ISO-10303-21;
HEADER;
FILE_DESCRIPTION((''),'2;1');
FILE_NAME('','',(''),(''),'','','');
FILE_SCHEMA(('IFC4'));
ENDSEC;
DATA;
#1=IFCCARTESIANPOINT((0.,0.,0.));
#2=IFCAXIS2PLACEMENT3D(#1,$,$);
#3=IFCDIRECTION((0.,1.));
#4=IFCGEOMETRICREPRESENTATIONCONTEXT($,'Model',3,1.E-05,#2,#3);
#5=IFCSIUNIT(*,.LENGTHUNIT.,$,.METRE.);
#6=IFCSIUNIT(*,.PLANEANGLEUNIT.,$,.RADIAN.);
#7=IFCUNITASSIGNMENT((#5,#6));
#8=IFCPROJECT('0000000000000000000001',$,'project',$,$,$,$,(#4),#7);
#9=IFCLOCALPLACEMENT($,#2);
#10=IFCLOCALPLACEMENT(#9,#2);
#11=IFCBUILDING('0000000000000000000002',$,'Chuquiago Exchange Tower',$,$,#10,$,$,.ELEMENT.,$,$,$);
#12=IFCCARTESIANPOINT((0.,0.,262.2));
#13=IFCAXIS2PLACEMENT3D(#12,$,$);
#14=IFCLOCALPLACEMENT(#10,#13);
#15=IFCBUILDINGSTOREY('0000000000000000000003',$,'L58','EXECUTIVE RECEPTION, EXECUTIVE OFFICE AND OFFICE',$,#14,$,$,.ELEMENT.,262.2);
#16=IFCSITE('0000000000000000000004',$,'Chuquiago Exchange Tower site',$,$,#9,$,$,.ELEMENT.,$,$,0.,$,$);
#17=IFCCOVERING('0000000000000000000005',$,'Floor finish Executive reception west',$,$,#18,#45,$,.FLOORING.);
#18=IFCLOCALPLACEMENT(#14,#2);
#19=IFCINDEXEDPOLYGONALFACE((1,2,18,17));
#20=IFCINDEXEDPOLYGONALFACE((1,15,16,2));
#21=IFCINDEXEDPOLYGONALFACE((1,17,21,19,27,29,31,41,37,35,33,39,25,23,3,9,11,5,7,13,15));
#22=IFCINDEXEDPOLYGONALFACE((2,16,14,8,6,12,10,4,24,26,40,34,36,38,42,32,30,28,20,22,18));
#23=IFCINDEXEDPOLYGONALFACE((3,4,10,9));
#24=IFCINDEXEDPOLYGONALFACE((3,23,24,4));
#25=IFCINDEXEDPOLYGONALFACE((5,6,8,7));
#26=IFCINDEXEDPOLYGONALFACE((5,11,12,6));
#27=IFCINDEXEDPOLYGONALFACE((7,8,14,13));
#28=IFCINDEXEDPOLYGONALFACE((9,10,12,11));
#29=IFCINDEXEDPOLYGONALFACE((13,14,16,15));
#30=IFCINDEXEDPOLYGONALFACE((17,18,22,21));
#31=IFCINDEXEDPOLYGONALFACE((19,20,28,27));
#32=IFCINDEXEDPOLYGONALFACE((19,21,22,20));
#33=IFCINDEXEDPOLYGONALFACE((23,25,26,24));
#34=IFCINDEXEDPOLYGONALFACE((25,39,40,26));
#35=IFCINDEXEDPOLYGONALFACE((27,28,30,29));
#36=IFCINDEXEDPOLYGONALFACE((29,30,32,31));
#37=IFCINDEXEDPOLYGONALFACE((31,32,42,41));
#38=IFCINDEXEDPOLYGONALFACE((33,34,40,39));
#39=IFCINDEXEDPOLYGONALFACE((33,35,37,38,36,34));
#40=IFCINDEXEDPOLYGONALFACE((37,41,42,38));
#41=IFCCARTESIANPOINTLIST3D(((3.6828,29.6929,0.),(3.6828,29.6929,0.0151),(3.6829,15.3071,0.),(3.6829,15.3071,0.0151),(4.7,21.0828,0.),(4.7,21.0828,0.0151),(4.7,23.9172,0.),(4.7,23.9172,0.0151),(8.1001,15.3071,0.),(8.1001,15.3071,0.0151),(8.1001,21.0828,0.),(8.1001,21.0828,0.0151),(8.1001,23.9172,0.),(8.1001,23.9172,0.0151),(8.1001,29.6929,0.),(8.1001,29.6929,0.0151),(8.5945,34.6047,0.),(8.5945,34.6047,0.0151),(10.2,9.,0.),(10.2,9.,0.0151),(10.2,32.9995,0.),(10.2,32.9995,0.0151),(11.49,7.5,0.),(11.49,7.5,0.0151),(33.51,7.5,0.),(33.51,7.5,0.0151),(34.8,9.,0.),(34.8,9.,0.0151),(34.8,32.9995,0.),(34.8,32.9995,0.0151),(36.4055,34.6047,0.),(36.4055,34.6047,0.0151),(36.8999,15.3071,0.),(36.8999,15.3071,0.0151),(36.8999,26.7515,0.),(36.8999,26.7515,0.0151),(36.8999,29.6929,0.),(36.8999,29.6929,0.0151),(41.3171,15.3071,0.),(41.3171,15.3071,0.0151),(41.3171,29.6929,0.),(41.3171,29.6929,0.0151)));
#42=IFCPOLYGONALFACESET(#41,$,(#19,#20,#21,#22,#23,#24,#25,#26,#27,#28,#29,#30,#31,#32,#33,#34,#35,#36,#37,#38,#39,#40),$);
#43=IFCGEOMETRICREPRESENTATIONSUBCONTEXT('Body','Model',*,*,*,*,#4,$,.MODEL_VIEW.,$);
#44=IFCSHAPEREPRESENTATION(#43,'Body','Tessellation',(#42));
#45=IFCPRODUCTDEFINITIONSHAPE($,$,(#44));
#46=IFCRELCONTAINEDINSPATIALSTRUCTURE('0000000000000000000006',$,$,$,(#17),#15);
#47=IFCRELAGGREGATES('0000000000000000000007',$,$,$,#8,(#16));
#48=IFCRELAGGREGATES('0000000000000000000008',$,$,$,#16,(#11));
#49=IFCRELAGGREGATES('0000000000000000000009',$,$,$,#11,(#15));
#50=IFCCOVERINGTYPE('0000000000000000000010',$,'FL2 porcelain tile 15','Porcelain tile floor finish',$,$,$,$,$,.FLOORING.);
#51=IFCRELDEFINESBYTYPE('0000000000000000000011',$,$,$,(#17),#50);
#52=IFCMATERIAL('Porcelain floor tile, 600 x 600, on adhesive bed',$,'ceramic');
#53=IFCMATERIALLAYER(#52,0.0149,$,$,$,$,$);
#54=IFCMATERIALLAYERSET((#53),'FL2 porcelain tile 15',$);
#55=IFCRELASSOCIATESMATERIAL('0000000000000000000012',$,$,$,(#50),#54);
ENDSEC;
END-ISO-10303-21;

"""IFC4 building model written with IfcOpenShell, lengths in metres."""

from ifc_helpers import new_model, si_unit, direction, frame, origin, place, context, subcontext, project, spatial, polyline, outline, extrude, material, layer, layer_set, type_object, element, save


model = new_model("IFC4")

# Units and contexts
model_context = context("Model", 3, precision=1e-05, world=origin(), true_north=direction((0.0, 1.0)))
body_context = subcontext(model_context, "Body", "Model", "MODEL_VIEW")
ifc_project = project(units=[si_unit("LENGTHUNIT", "METRE"), si_unit("PLANEANGLEUNIT", "RADIAN")], contexts=[model_context])

# Site, building, storey
site_placement = place(None, origin())
site = spatial("IfcSite", under=ifc_project, at=site_placement, Name="Chuquiago Exchange Tower site", CompositionType="ELEMENT", RefElevation=0.0)
building_placement = place(site_placement, origin())
building = spatial("IfcBuilding", under=site, at=building_placement, Name="Chuquiago Exchange Tower", CompositionType="ELEMENT")
storey_placement = place(building_placement, frame((0.0, 0.0, 262.2)))
storey = spatial("IfcBuildingStorey", under=building, at=storey_placement, Name="L58", Description="EXECUTIVE RECEPTION, EXECUTIVE OFFICE AND OFFICE", CompositionType="ELEMENT", Elevation=262.2)

# Covering
ifc_material_1 = material(Name="Porcelain floor tile, 600 x 600, on adhesive bed", Category="ceramic")
ifc_layer_1 = layer(ifc_material_1, 0.0149)
ifc_layer_set_1 = layer_set([ifc_layer_1], Name="FL2 porcelain tile 15")
covering_type = type_object("IfcCoveringType", Name="FL2 porcelain tile 15", Description="Porcelain tile floor finish", PredefinedType="FLOORING", material=ifc_layer_set_1)
covering_placement = place(storey_placement, origin())
element("IfcCovering", 1, at=covering_placement, inside=storey, type_object=covering_type, Name="Floor finish Executive reception west", PredefinedType="FLOORING", context=body_context, shape_type="SweptSolid", body=[
    extrude(outline(polyline([(41.3171, 29.6929), (36.8999, 29.6929), (36.8999, 26.7515), (36.8999, 15.3071), (41.3171, 15.3071), (33.51, 7.5), (11.49, 7.5), (18.2485, 0.7415), (3.6829, 15.3071), (8.1001, 15.3071), (8.1001, 21.0828), (4.7, 21.0828), (4.7, 23.9172), (8.1001, 23.9172), (8.1001, 29.6929), (3.6829, 29.6929), (0.8506, 26.8606), (8.5945, 34.6047), (10.2, 32.9995), (10.2, 9.0), (34.8, 9.0), (34.8, 32.9995), (36.4055, 34.6047), (41.3171, 29.6929)])), origin(), (0.0, 0.0, 1.0), 0.0151),
])

save(model, "model.ifc")
